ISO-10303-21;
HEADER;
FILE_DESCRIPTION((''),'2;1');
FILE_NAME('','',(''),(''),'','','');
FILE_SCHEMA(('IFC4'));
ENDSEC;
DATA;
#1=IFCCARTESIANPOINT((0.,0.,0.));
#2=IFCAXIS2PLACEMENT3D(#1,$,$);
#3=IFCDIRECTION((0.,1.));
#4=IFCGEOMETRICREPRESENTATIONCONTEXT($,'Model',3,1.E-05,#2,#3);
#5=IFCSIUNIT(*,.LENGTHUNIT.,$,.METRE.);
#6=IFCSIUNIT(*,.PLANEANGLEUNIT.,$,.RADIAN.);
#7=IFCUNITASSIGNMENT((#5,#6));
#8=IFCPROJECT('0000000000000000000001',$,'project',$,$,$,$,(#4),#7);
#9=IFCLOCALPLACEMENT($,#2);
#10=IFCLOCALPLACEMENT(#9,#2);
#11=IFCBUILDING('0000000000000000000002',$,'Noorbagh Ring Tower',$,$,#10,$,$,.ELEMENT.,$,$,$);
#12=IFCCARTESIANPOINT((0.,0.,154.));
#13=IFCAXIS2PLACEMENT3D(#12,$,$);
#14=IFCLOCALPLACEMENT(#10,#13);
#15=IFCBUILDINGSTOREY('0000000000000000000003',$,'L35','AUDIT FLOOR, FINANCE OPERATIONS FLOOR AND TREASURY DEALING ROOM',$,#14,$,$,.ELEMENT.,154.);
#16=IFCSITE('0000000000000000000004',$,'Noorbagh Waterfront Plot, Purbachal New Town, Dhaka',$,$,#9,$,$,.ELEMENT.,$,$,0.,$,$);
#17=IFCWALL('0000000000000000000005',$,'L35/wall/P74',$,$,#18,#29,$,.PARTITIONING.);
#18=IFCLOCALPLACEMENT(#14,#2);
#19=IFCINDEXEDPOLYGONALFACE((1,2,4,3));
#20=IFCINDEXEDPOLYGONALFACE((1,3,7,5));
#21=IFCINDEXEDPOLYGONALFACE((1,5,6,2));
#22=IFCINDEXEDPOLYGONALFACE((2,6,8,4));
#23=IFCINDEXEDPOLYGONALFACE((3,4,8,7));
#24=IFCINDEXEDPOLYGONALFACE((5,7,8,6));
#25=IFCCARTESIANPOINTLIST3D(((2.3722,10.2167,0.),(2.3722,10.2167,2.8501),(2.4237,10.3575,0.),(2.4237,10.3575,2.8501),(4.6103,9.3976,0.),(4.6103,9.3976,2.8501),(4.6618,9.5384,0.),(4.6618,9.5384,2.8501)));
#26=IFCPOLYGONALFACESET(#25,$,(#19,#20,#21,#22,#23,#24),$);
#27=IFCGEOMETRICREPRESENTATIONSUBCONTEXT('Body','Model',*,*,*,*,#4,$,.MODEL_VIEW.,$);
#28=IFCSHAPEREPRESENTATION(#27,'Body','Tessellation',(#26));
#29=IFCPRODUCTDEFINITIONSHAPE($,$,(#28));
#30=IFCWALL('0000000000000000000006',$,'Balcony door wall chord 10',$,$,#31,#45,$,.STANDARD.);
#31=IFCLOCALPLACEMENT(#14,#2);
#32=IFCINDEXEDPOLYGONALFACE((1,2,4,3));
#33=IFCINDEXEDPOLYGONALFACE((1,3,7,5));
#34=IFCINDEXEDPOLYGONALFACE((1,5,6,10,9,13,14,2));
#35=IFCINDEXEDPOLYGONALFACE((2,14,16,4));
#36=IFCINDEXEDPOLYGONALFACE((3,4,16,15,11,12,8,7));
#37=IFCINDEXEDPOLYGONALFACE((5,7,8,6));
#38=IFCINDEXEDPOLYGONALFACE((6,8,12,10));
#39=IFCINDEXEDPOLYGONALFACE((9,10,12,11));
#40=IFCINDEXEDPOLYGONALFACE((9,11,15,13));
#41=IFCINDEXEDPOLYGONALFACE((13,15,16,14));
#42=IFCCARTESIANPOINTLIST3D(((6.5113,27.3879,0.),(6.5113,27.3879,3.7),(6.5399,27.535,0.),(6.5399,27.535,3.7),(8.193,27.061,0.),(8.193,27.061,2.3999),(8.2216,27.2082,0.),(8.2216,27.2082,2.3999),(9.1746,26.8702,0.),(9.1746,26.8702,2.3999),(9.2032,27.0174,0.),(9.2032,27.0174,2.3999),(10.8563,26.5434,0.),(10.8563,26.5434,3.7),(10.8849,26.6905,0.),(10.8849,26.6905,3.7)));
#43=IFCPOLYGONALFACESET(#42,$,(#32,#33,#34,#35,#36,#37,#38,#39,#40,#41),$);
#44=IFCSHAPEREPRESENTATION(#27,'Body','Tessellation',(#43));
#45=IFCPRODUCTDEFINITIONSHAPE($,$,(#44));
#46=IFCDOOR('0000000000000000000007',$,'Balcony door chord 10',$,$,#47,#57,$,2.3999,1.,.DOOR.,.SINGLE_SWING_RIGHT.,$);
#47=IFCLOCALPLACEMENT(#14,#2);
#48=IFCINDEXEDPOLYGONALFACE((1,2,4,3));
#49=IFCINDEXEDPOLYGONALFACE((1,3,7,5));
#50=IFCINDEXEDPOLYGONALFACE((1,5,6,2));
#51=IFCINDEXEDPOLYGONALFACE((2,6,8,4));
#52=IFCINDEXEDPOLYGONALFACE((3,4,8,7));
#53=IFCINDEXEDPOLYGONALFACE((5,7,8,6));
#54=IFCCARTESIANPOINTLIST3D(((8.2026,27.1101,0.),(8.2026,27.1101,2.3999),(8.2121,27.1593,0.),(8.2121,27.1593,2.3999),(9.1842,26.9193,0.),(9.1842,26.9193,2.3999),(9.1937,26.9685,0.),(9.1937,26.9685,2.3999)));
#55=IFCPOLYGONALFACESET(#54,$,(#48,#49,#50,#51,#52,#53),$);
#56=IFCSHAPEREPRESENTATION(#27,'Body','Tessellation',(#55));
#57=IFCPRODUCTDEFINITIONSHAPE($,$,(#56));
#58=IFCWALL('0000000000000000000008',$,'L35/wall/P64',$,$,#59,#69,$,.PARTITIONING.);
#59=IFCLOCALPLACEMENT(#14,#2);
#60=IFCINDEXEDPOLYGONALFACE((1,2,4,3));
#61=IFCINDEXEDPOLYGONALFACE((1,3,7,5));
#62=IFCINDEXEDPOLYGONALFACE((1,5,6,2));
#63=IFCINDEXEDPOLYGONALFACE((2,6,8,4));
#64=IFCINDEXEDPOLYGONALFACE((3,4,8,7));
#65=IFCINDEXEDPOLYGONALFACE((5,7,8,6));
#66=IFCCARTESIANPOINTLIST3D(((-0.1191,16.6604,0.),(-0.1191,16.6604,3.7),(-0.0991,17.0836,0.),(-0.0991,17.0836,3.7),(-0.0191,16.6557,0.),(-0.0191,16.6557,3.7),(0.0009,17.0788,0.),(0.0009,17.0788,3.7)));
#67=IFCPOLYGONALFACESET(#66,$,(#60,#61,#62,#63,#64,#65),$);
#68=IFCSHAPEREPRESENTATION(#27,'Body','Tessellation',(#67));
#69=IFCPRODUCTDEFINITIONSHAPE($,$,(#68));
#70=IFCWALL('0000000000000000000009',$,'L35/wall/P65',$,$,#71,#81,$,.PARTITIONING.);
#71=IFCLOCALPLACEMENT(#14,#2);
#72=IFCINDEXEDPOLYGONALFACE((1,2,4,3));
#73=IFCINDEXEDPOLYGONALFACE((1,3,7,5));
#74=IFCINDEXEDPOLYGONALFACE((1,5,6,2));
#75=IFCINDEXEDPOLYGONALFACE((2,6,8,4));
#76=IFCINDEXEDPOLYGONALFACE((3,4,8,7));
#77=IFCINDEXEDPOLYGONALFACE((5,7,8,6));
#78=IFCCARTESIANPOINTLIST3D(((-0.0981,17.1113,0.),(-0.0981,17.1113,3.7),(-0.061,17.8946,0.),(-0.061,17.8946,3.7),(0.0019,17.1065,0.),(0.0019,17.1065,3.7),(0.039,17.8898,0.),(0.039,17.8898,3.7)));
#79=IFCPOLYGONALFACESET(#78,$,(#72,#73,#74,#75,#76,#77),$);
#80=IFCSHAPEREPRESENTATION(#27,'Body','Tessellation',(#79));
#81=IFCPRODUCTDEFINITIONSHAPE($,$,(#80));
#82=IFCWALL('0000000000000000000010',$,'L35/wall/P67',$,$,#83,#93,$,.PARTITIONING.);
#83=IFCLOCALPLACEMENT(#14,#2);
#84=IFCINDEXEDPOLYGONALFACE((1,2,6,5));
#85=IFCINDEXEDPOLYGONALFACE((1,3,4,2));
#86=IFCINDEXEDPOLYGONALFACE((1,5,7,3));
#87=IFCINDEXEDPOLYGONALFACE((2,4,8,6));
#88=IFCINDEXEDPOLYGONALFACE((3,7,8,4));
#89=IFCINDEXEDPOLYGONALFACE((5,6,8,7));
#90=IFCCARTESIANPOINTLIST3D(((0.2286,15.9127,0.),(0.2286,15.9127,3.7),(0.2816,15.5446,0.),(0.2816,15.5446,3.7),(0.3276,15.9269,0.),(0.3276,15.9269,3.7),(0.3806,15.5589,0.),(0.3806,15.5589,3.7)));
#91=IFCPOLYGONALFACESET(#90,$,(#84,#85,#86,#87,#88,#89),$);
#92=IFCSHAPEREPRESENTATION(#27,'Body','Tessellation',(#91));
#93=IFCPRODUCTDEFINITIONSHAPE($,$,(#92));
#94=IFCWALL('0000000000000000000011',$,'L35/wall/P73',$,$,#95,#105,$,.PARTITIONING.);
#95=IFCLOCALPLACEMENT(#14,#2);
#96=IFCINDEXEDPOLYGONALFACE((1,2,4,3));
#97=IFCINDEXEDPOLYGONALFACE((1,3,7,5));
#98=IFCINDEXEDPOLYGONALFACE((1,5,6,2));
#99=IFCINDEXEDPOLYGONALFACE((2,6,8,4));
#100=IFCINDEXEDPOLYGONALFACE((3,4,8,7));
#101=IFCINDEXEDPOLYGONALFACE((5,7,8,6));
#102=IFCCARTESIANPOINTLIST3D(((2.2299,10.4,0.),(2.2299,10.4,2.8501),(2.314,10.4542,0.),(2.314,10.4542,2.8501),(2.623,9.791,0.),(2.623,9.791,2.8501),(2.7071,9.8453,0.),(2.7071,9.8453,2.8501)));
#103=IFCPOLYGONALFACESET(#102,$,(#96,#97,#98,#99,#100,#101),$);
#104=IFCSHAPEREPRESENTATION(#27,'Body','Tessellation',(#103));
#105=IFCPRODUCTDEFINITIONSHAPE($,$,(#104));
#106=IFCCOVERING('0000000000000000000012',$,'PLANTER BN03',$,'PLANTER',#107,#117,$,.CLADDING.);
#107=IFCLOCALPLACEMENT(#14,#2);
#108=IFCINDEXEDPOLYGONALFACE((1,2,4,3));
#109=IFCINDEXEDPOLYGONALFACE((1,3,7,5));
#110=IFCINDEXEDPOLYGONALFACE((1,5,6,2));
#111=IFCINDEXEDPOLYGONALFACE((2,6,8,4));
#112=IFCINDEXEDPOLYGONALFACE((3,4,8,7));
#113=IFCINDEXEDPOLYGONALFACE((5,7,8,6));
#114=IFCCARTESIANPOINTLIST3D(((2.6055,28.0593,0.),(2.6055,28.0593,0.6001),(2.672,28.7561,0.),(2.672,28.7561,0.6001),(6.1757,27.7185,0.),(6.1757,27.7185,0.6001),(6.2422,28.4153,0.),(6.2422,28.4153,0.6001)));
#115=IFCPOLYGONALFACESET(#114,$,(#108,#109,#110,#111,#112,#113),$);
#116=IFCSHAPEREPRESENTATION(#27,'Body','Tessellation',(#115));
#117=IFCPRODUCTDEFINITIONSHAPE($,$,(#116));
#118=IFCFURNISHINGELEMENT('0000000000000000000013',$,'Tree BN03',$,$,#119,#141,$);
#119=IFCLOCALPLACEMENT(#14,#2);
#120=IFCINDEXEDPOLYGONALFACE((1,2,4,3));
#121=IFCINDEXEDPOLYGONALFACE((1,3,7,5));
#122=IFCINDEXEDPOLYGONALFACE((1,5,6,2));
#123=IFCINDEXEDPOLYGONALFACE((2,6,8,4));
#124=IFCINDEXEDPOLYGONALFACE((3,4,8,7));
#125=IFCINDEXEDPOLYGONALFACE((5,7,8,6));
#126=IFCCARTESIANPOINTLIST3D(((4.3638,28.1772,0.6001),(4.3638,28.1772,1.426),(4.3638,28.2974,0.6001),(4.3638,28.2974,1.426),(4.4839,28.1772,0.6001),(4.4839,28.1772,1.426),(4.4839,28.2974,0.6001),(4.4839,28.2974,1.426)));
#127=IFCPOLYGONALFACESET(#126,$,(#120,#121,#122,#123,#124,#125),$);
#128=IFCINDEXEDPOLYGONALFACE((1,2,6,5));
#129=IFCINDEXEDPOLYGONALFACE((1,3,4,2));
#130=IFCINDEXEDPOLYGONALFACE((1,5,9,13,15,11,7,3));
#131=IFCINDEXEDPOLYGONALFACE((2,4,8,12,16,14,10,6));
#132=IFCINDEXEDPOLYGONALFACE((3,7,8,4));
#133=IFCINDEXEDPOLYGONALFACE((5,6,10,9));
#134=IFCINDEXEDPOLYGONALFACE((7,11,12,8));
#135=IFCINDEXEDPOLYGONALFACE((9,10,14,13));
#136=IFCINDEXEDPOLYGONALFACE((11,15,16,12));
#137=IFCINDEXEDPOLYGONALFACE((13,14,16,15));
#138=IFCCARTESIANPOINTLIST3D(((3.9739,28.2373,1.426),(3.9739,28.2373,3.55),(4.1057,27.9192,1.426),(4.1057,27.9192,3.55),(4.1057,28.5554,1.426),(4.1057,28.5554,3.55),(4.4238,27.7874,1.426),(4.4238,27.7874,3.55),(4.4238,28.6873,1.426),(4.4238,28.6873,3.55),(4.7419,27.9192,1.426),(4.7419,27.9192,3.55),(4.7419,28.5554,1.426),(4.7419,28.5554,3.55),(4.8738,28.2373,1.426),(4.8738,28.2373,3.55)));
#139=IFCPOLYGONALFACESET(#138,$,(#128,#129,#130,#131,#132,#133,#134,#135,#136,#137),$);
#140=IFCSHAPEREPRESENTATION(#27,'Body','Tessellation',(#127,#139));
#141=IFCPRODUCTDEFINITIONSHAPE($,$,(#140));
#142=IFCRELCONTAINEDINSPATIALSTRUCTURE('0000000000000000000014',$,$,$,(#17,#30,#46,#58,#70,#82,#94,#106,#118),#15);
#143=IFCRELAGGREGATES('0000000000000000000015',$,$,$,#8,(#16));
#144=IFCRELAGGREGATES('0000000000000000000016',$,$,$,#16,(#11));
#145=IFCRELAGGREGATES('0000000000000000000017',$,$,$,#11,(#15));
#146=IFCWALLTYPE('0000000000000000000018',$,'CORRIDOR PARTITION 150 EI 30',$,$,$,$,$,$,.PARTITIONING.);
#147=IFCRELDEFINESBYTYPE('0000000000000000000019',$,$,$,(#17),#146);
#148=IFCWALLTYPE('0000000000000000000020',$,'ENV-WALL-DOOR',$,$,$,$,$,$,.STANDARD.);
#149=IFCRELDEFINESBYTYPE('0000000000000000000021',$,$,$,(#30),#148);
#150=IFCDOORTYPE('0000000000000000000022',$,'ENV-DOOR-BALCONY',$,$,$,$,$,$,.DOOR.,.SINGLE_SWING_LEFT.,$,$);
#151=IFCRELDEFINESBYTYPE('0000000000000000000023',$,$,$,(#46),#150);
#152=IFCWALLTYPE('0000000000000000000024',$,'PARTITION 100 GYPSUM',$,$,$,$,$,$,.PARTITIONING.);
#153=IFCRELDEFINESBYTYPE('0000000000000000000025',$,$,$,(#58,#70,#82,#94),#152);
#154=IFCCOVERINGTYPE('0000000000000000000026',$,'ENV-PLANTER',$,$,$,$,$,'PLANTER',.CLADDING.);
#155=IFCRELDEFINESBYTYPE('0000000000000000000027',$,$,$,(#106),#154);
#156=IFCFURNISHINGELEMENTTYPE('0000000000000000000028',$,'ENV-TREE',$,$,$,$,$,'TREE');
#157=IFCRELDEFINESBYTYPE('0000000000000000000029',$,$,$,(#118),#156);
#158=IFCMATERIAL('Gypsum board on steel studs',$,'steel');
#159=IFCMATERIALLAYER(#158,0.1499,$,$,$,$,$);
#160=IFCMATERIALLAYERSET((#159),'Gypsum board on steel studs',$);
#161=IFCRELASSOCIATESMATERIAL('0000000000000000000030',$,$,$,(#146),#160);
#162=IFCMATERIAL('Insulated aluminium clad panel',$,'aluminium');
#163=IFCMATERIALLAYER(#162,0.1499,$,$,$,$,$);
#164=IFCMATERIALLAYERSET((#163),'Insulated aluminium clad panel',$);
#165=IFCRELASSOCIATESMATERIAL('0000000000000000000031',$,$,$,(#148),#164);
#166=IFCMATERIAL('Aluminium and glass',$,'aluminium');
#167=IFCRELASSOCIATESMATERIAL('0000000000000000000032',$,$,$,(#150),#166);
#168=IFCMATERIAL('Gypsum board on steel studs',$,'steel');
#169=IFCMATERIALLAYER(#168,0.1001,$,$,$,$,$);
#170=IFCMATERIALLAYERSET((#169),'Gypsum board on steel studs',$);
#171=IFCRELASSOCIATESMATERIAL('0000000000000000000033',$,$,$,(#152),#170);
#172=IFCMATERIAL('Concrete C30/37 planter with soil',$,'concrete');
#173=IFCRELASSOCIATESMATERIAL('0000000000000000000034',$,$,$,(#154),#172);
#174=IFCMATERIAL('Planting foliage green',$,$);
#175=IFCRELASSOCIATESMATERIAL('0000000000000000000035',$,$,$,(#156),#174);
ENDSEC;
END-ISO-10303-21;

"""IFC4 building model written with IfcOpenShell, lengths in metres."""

from ifc_helpers import new_model, si_unit, direction, frame, frame_2d, origin, origin_2d, place, context, subcontext, project, spatial, polyline, rectangle, outline, extrude, material, layer, layer_set, type_object, element, fill, save


model = new_model("IFC4")

# Units and contexts
model_context = context("Model", 3, precision=1e-05, world=origin(), true_north=direction((0.0, 1.0)))
body_context = subcontext(model_context, "Body", "Model", "MODEL_VIEW")
ifc_project = project(units=[si_unit("LENGTHUNIT", "METRE"), si_unit("PLANEANGLEUNIT", "RADIAN")], contexts=[model_context])

# Site, building, storey
site_placement = place(None, origin())
site = spatial("IfcSite", under=ifc_project, at=site_placement, Name="Noorbagh Waterfront Plot, Purbachal New Town, Dhaka", CompositionType="ELEMENT", RefElevation=0.0)
building_placement = place(site_placement, origin())
building = spatial("IfcBuilding", under=site, at=building_placement, Name="Noorbagh Ring Tower", CompositionType="ELEMENT")
storey_placement = place(building_placement, frame((0.0, 0.0, 154.0)))
storey = spatial("IfcBuildingStorey", under=building, at=storey_placement, Name="L35", Description="AUDIT FLOOR, FINANCE OPERATIONS FLOOR AND TREASURY DEALING ROOM", CompositionType="ELEMENT", Elevation=154.0)

# Wall
ifc_material_1 = material(Name="Gypsum board on steel studs", Category="steel")
ifc_layer_1 = layer(ifc_material_1, 0.1499)
ifc_layer_set_1 = layer_set([ifc_layer_1], Name="Gypsum board on steel studs")
wall_type_1 = type_object("IfcWallType", Name="CORRIDOR PARTITION 150 EI 30", PredefinedType="PARTITIONING", material=ifc_layer_set_1)
wall_1_placement = place(storey_placement, frame((2.3979, 10.2871, 0.0), z_axis=(0.0, 0.0, 1.0), x_axis=(0.939083, -0.343692, 0.0)))
element("IfcWall", 1, at=wall_1_placement, inside=storey, type_object=wall_type_1, Name="L35/wall/P74", PredefinedType="PARTITIONING", context=body_context, shape_type="SweptSolid", body=[
    extrude(rectangle(XDim=2.3833, YDim=0.1499, at=frame_2d((1.1917, 0.0))), origin(), (0.0, 0.0, 1.0), 2.8501),
])

# Wall, opening, door
ifc_material_2 = material(Name="Insulated aluminium clad panel", Category="aluminium")
ifc_layer_2 = layer(ifc_material_2, 0.1499)
ifc_layer_set_2 = layer_set([ifc_layer_2], Name="Insulated aluminium clad panel")
wall_type_2 = type_object("IfcWallType", Name="ENV-WALL-DOOR", PredefinedType="STANDARD", material=ifc_layer_set_2)
wall_2_placement = place(storey_placement, frame((10.8706, 26.6169, 0.0), z_axis=(0.0, 0.0, 1.0), x_axis=(-0.981631, 0.190788, 0.0)))
wall_2 = element("IfcWall", 2, at=wall_2_placement, inside=storey, type_object=wall_type_2, Name="Balcony door wall chord 10", PredefinedType="STANDARD", context=body_context, shape_type="SweptSolid", body=[
    extrude(rectangle(XDim=4.4263, YDim=0.1499, at=frame_2d((2.2131, 0.0))), origin(), (0.0, 0.0, 1.0), 3.7),
])
opening_placement = place(wall_2_placement, frame((1.7131, 0.0, 0.0)))
opening = element("IfcOpeningElement", 3, at=opening_placement, cuts=wall_2, PredefinedType="OPENING", context=body_context, shape_type="SweptSolid", body=[
    extrude(rectangle(XDim=1.0, YDim=2.3999, at=frame_2d((0.5, 1.2))), frame((0.0, 0.085, 0.0), z_axis=(0.0, -1.0, 0.0), x_axis=(1.0, 0.0, 0.0)), (0.0, 0.0, 1.0), 0.1699),
])
ifc_material_3 = material(Name="Aluminium and glass", Category="aluminium")
door_type = type_object("IfcDoorType", Name="ENV-DOOR-BALCONY", OperationType="SINGLE_SWING_LEFT", PredefinedType="DOOR", material=ifc_material_3)
door_placement = place(opening_placement, origin())
door = element("IfcDoor", 4, at=door_placement, inside=storey, type_object=door_type, Name="Balcony door chord 10", OperationType="SINGLE_SWING_RIGHT", OverallHeight=2.3999, OverallWidth=1.0, PredefinedType="DOOR", context=body_context, shape_type="SweptSolid", body=[
    extrude(rectangle(XDim=1.0, YDim=2.3999, at=frame_2d((0.5, 1.2))), frame((0.0, 0.0249, 0.0), z_axis=(0.0, -1.0, 0.0), x_axis=(1.0, 0.0, 0.0)), (0.0, 0.0, 1.0), 0.05),
])
fill(opening, door)

# Walls
ifc_material_4 = material(Name="Gypsum board on steel studs", Category="steel")
ifc_layer_3 = layer(ifc_material_4, 0.1001)
ifc_layer_set_3 = layer_set([ifc_layer_3], Name="Gypsum board on steel studs")
wall_type_3 = type_object("IfcWallType", Name="PARTITION 100 GYPSUM", PredefinedType="PARTITIONING", material=ifc_layer_set_3)
wall_3_placement = place(storey_placement, frame((-0.0691, 16.658, 0.0), z_axis=(0.0, 0.0, 1.0), x_axis=(0.047264, 0.998882, 0.0)))
element("IfcWall", 5, at=wall_3_placement, inside=storey, type_object=wall_type_3, Name="L35/wall/P64", PredefinedType="PARTITIONING", context=body_context, shape_type="SweptSolid", body=[
    extrude(rectangle(XDim=0.4236, YDim=0.1001, at=frame_2d((0.2119, 0.0))), origin(), (0.0, 0.0, 1.0), 3.7),
])
wall_4_placement = place(storey_placement, frame((-0.0481, 17.1089, 0.0), z_axis=(0.0, 0.0, 1.0), x_axis=(0.047328, 0.998879, 0.0)))
element("IfcWall", 6, at=wall_4_placement, inside=storey, type_object=wall_type_3, Name="L35/wall/P65", PredefinedType="PARTITIONING", context=body_context, shape_type="SweptSolid", body=[
    extrude(rectangle(XDim=0.7842, YDim=0.1001, at=frame_2d((0.3921, 0.0))), origin(), (0.0, 0.0, 1.0), 3.7),
])
wall_5_placement = place(storey_placement, frame((0.2781, 15.9199, 0.0), z_axis=(0.0, 0.0, 1.0), x_axis=(0.142525, -0.989791, 0.0)))
element("IfcWall", 7, at=wall_5_placement, inside=storey, type_object=wall_type_3, Name="L35/wall/P67", PredefinedType="PARTITIONING", context=body_context, shape_type="SweptSolid", body=[
    extrude(rectangle(XDim=0.3718, YDim=0.1001, at=frame_2d((0.186, 0.0))), origin(), (0.0, 0.0, 1.0), 3.7),
])
wall_6_placement = place(storey_placement, frame((2.272, 10.427, 0.0), z_axis=(0.0, 0.0, 1.0), x_axis=(0.542357, -0.840148, 0.0)))
element("IfcWall", 8, at=wall_6_placement, inside=storey, type_object=wall_type_3, Name="L35/wall/P73", PredefinedType="PARTITIONING", context=body_context, shape_type="SweptSolid", body=[
    extrude(rectangle(XDim=0.7249, YDim=0.1001, at=frame_2d((0.3623, 0.0))), origin(), (0.0, 0.0, 1.0), 2.8501),
])

# Covering
ifc_material_5 = material(Name="Concrete C30/37 planter with soil", Category="concrete")
covering_type = type_object("IfcCoveringType", Name="ENV-PLANTER", ElementType="PLANTER", PredefinedType="CLADDING", material=ifc_material_5)
covering_placement = place(storey_placement, frame((4.4238, 28.2373, 0.0), z_axis=(0.0, 0.0, 1.0), x_axis=(-0.995476, 0.095008, 0.0)))
element("IfcCovering", 9, at=covering_placement, inside=storey, type_object=covering_type, Name="PLANTER BN03", ObjectType="PLANTER", PredefinedType="CLADDING", context=body_context, shape_type="SweptSolid", body=[
    extrude(rectangle(XDim=3.5864, YDim=0.7, at=origin_2d()), origin(), (0.0, 0.0, 1.0), 0.6001),
])

# Furnishing element
ifc_material_6 = material(Name="Planting foliage green")
furnishing_element_type = type_object("IfcFurnishingElementType", Name="ENV-TREE", ElementType="TREE", material=ifc_material_6)
furnishing_placement = place(storey_placement, frame((4.4238, 28.2373, 0.6001), z_axis=(0.0, 0.0, 1.0), x_axis=(1.0, 0.0, 0.0)))
element("IfcFurnishingElement", 10, at=furnishing_placement, inside=storey, type_object=furnishing_element_type, Name="Tree BN03", context=body_context, shape_type="SweptSolid", body=[
    extrude(rectangle(XDim=0.1201, YDim=0.1201, at=origin_2d()), origin(), (0.0, 0.0, 1.0), 0.8259),
    extrude(outline(polyline([(0.45, 0.0), (0.3181, 0.3181), (0.0, 0.45), (-0.3181, 0.3181), (-0.45, 0.0), (-0.3181, -0.3181), (0.0, -0.45), (0.3181, -0.3181), (0.45, 0.0)])), frame((0.0, 0.0, 0.8259)), (0.0, 0.0, 1.0), 2.124),
])

save(model, "model.ifc")
